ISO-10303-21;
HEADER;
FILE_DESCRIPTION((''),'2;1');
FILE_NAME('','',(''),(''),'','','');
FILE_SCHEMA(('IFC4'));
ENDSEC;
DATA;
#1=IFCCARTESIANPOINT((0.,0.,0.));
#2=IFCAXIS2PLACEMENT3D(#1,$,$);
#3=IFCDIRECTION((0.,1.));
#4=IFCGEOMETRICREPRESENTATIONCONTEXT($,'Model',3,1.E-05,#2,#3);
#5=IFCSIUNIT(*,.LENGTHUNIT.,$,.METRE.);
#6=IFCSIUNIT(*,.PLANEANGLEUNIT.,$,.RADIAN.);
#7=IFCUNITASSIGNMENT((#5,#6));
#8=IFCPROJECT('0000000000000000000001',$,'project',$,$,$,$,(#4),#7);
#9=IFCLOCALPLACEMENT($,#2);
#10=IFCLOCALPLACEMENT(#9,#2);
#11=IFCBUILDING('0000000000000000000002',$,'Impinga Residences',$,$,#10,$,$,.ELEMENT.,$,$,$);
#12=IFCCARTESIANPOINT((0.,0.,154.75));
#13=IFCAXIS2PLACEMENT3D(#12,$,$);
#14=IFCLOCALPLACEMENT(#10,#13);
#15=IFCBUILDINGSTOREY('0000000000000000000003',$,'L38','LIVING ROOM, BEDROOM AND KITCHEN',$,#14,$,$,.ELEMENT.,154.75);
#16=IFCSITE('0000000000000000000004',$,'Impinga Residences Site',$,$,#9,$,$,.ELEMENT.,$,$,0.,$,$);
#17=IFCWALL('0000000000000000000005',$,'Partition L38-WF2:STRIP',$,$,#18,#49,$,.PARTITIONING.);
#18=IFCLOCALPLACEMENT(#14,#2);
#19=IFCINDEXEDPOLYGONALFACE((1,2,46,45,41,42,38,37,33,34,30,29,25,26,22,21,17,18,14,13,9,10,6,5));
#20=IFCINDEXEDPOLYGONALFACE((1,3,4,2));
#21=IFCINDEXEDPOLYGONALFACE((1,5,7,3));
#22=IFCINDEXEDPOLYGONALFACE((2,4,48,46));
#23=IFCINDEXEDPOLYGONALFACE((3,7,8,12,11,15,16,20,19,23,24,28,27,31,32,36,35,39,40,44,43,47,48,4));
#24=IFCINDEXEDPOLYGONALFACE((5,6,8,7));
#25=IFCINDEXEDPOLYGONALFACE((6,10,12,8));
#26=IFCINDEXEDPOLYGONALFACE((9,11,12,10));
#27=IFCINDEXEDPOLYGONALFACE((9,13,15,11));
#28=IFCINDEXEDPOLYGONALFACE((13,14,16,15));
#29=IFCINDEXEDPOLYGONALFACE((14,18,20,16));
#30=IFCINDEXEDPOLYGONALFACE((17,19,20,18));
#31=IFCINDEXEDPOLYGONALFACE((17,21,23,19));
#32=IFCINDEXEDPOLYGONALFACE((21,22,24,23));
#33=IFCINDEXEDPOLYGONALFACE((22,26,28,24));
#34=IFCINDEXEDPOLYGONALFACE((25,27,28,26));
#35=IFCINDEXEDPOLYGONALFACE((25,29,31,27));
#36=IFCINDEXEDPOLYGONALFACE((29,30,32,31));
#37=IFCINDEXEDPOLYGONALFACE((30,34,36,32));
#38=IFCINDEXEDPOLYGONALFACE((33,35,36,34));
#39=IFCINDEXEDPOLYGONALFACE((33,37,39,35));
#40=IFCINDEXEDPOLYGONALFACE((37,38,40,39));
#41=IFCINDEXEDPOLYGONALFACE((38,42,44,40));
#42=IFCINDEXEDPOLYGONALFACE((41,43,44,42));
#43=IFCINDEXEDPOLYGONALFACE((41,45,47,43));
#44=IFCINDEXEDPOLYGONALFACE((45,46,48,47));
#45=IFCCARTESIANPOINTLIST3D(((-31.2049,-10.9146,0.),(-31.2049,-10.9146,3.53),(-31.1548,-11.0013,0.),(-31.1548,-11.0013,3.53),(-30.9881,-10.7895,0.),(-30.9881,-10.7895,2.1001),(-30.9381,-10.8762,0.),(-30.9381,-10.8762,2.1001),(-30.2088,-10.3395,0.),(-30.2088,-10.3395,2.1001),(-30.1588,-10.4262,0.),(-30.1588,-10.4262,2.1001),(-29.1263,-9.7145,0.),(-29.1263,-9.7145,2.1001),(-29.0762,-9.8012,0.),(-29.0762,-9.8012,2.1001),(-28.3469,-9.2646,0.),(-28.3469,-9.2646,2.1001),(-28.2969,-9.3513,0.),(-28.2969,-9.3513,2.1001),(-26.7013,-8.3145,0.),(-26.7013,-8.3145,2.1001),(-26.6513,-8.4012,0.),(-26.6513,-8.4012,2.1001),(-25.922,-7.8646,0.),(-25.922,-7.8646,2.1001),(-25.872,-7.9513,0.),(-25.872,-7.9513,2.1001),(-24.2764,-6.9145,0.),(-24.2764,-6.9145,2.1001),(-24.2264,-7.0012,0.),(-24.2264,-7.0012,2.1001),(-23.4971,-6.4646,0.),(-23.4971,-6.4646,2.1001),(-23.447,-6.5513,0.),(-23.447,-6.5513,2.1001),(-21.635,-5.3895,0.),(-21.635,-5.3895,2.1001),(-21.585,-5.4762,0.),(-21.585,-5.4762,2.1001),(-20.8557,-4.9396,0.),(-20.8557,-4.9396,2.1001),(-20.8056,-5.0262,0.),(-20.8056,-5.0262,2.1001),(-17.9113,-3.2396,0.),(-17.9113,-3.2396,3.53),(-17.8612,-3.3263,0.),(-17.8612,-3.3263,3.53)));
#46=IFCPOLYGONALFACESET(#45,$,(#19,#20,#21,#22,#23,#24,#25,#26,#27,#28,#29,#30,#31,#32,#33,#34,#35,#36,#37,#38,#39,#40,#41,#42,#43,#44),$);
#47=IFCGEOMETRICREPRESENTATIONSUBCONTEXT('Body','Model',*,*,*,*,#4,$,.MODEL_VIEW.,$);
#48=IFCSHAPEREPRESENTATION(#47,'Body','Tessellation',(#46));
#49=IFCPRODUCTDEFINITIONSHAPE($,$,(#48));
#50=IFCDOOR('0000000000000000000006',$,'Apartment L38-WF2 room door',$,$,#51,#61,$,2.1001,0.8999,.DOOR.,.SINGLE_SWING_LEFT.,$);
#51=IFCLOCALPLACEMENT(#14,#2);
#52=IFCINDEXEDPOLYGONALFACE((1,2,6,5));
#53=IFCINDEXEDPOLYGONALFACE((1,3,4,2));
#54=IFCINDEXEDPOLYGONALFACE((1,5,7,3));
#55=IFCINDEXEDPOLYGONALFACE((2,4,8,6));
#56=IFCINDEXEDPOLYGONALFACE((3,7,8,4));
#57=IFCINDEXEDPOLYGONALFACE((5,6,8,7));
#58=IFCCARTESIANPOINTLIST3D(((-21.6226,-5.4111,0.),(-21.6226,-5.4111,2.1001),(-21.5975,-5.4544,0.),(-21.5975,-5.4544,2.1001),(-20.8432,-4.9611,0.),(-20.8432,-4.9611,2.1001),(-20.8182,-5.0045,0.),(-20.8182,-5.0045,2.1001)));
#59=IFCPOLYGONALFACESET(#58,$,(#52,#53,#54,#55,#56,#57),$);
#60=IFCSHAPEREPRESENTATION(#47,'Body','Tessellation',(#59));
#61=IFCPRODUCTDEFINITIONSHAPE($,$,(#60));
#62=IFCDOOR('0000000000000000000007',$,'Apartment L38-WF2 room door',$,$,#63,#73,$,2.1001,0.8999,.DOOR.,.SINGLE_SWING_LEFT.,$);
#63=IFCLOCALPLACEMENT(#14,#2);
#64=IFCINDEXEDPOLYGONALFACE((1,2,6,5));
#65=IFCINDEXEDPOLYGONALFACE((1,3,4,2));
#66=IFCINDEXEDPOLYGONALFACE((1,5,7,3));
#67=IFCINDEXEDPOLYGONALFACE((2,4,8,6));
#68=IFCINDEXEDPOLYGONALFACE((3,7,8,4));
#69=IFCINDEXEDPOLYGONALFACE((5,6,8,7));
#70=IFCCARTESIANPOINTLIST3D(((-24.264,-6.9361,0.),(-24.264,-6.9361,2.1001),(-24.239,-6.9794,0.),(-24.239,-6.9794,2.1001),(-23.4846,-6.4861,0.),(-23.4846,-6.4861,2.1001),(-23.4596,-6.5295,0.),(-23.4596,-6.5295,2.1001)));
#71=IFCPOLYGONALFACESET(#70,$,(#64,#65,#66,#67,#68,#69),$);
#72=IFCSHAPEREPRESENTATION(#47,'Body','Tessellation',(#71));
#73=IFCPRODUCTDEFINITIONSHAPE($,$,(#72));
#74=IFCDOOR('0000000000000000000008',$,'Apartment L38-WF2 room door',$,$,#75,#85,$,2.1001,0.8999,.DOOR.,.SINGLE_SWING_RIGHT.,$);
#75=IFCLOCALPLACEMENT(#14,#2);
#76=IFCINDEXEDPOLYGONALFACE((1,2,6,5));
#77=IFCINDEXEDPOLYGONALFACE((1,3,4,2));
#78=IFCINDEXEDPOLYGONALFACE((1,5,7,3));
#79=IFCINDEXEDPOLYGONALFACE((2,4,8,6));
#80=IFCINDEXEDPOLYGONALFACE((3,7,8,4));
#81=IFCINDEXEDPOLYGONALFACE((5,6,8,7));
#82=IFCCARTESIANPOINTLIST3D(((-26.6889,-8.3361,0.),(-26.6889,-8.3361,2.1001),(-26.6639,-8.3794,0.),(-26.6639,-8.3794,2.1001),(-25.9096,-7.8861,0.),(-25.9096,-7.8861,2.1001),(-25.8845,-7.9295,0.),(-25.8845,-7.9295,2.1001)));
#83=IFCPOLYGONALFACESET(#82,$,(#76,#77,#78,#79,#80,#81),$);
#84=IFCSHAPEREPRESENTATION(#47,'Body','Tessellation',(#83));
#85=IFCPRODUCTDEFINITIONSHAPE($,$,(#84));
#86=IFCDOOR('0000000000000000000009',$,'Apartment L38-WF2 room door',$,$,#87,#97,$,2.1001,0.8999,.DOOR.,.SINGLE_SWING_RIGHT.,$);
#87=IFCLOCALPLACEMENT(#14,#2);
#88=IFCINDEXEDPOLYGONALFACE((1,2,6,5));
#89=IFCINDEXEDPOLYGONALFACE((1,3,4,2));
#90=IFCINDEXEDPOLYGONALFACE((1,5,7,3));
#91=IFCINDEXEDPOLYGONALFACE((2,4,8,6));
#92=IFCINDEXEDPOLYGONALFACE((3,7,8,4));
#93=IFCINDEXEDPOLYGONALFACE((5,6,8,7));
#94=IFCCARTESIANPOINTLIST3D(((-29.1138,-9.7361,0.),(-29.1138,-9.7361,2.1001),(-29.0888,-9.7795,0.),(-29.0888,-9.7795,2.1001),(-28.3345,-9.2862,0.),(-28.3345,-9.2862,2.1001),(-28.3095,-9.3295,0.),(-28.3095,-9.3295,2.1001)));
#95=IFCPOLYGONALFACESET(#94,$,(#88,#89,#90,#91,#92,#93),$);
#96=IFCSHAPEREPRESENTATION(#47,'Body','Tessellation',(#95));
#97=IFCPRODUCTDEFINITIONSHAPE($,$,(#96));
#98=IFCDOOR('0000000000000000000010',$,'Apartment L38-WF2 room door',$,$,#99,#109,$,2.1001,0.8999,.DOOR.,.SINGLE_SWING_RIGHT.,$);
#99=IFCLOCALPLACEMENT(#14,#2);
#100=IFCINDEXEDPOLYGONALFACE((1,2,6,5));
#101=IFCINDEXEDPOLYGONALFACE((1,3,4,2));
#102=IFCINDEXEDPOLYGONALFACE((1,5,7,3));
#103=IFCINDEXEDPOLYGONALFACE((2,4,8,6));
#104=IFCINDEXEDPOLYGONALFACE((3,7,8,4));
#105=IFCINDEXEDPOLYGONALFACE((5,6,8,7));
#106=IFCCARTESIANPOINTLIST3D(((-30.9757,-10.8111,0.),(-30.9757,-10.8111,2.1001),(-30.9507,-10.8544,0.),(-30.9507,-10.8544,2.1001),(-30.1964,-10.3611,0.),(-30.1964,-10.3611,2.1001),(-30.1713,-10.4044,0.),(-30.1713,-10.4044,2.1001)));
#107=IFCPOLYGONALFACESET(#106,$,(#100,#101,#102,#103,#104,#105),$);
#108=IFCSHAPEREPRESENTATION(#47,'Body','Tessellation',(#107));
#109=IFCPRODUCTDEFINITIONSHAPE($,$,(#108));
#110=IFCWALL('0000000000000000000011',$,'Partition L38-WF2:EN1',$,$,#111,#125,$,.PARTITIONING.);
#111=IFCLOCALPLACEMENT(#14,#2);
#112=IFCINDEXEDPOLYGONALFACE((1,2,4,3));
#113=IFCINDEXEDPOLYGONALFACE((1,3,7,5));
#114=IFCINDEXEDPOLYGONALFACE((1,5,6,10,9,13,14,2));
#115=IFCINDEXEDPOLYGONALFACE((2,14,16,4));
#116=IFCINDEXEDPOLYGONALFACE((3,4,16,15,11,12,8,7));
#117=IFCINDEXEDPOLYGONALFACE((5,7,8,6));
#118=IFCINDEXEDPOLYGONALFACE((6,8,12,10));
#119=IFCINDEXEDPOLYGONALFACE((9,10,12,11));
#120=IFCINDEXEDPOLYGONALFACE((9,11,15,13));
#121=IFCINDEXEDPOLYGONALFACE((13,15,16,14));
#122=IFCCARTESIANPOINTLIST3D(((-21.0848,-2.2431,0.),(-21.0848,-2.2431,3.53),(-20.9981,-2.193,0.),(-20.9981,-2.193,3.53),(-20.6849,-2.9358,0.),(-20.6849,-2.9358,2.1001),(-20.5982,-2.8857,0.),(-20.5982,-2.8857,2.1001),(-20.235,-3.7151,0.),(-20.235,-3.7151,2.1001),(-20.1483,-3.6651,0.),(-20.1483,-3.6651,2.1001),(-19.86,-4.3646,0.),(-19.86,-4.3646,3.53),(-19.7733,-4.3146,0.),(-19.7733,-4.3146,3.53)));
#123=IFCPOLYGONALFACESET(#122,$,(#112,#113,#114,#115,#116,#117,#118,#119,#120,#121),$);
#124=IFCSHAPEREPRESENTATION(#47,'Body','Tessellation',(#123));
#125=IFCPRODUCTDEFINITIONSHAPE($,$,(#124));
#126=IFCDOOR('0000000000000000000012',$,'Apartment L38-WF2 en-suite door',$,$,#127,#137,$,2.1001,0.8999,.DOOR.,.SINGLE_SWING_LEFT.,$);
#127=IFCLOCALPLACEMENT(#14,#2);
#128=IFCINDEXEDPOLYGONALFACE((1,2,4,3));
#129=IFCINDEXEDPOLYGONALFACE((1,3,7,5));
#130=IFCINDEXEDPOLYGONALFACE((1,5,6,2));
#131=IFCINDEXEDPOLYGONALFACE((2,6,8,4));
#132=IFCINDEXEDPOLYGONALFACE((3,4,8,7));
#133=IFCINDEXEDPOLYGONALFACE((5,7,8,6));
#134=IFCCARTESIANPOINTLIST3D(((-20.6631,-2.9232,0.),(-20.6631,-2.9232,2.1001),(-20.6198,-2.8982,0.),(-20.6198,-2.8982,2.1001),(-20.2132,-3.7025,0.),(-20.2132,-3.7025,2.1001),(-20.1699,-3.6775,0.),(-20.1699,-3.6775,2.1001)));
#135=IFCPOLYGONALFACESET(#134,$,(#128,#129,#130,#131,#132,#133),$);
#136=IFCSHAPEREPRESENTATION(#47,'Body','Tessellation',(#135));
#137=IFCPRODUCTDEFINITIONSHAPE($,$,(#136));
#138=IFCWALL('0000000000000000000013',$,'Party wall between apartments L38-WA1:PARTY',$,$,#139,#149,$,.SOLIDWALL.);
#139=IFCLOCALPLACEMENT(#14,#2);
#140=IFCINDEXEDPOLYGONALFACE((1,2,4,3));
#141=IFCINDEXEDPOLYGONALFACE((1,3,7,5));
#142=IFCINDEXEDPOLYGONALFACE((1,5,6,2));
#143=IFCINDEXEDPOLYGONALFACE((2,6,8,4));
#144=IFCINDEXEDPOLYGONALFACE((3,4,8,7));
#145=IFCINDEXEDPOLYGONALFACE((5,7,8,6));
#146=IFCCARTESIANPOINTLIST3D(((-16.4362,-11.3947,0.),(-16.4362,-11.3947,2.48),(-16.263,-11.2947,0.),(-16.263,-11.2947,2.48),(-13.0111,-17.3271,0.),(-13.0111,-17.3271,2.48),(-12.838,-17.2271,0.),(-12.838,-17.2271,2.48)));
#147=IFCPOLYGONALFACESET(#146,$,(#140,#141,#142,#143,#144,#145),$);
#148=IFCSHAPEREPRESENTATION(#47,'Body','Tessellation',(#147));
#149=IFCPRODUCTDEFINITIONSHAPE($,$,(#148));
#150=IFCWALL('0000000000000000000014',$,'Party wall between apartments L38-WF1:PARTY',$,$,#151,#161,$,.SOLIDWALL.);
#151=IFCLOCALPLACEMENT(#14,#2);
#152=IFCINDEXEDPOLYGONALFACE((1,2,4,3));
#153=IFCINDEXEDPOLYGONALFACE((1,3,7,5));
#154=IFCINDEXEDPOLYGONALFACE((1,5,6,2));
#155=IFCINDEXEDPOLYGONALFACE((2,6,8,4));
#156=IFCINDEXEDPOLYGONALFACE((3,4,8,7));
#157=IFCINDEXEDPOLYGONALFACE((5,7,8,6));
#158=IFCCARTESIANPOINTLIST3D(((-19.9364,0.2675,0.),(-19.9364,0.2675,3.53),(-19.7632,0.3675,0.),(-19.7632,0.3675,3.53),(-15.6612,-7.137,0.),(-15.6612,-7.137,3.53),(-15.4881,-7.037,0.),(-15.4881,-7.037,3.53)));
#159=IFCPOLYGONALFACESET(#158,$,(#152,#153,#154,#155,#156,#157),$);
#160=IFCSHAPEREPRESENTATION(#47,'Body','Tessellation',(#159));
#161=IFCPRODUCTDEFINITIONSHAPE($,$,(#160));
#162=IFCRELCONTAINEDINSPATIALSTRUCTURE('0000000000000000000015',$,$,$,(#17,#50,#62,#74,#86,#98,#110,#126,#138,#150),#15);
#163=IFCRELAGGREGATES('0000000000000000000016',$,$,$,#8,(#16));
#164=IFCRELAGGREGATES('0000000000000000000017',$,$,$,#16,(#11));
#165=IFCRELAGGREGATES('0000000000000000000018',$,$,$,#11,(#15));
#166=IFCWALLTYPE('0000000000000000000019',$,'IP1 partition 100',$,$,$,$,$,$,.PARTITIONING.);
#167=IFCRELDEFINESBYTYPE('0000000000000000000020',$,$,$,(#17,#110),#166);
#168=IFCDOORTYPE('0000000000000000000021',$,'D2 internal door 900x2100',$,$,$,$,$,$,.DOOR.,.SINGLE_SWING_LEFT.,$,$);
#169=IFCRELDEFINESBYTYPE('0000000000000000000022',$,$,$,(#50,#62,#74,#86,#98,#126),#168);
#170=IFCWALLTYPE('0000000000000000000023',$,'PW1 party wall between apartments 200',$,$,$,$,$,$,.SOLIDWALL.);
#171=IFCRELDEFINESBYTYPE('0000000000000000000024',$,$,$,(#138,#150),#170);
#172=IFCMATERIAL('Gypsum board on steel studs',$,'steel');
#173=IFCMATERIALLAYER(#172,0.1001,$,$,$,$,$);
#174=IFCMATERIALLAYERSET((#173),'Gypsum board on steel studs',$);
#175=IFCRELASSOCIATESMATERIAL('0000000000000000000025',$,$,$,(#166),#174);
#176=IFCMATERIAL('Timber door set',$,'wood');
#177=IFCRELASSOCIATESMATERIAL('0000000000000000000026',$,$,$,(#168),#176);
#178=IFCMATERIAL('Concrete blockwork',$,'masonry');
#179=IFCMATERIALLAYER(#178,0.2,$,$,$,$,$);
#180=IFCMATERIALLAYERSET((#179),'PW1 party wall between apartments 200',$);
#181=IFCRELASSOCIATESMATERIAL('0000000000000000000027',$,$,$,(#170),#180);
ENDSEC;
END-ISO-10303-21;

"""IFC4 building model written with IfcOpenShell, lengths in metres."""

from ifc_helpers import new_model, si_unit, direction, frame, frame_2d, origin, place, context, subcontext, project, spatial, rectangle, extrude, material, layer, layer_set, type_object, element, fill, save


model = new_model("IFC4")

# Units and contexts
model_context = context("Model", 3, precision=1e-05, world=origin(), true_north=direction((0.0, 1.0)))
body_context = subcontext(model_context, "Body", "Model", "MODEL_VIEW")
ifc_project = project(units=[si_unit("LENGTHUNIT", "METRE"), si_unit("PLANEANGLEUNIT", "RADIAN")], contexts=[model_context])

# Site, building, storey
site_placement = place(None, origin())
site = spatial("IfcSite", under=ifc_project, at=site_placement, Name="Impinga Residences Site", CompositionType="ELEMENT", RefElevation=0.0)
building_placement = place(site_placement, origin())
building = spatial("IfcBuilding", under=site, at=building_placement, Name="Impinga Residences", CompositionType="ELEMENT")
storey_placement = place(building_placement, frame((0.0, 0.0, 154.75)))
storey = spatial("IfcBuildingStorey", under=building, at=storey_placement, Name="L38", Description="LIVING ROOM, BEDROOM AND KITCHEN", CompositionType="ELEMENT", Elevation=154.75)

# Shared definitions
ifc_material_1 = material(Name="Gypsum board on steel studs", Category="steel")
ifc_layer_1 = layer(ifc_material_1, 0.1001)
ifc_layer_set_1 = layer_set([ifc_layer_1], Name="Gypsum board on steel studs")
wall_type_1 = type_object("IfcWallType", Name="IP1 partition 100", PredefinedType="PARTITIONING", material=ifc_layer_set_1)

# Shared definitions
ifc_material_2 = material(Name="Timber door set", Category="wood")
door_type = type_object("IfcDoorType", Name="D2 internal door 900x2100", OperationType="SINGLE_SWING_LEFT", PredefinedType="DOOR", material=ifc_material_2)

# Wall, openings, doors
wall_1_placement = place(storey_placement, frame((-17.8862, -3.283, 0.0), z_axis=(0.0, 0.0, 1.0), x_axis=(-0.866027, -0.499996, 0.0)))
wall_1 = element("IfcWall", 1, at=wall_1_placement, inside=storey, type_object=wall_type_1, Name="Partition L38-WF2:STRIP", PredefinedType="PARTITIONING", context=body_context, shape_type="SweptSolid", body=[
    extrude(rectangle(XDim=15.3501, YDim=0.1001, at=frame_2d((7.675, 0.0))), origin(), (0.0, 0.0, 1.0), 3.53),
])
opening_1_placement = place(wall_1_placement, frame((3.3999, 0.0, 0.0)))
opening_1 = element("IfcOpeningElement", 2, at=opening_1_placement, cuts=wall_1, PredefinedType="OPENING", context=body_context, shape_type="SweptSolid", body=[
    extrude(rectangle(XDim=0.8999, YDim=2.1001, at=frame_2d((0.45, 1.05))), frame((0.0, 0.0601, 0.0), z_axis=(0.0, -1.0, 0.0), x_axis=(1.0, 0.0, 0.0)), (0.0, 0.0, 1.0), 0.1201),
])
opening_2_placement = place(wall_1_placement, frame((6.45, 0.0, 0.0)))
opening_2 = element("IfcOpeningElement", 3, at=opening_2_placement, cuts=wall_1, PredefinedType="OPENING", context=body_context, shape_type="SweptSolid", body=[
    extrude(rectangle(XDim=0.8999, YDim=2.1001, at=frame_2d((0.45, 1.05))), frame((0.0, 0.0601, 0.0), z_axis=(0.0, -1.0, 0.0), x_axis=(1.0, 0.0, 0.0)), (0.0, 0.0, 1.0), 0.1201),
])
opening_3_placement = place(wall_1_placement, frame((9.25, 0.0, 0.0)))
opening_3 = element("IfcOpeningElement", 4, at=opening_3_placement, cuts=wall_1, PredefinedType="OPENING", context=body_context, shape_type="SweptSolid", body=[
    extrude(rectangle(XDim=0.8999, YDim=2.1001, at=frame_2d((0.45, 1.05))), frame((0.0, 0.0601, 0.0), z_axis=(0.0, -1.0, 0.0), x_axis=(1.0, 0.0, 0.0)), (0.0, 0.0, 1.0), 0.1201),
])
opening_4_placement = place(wall_1_placement, frame((12.05, 0.0, 0.0)))
opening_4 = element("IfcOpeningElement", 5, at=opening_4_placement, cuts=wall_1, PredefinedType="OPENING", context=body_context, shape_type="SweptSolid", body=[
    extrude(rectangle(XDim=0.8999, YDim=2.1001, at=frame_2d((0.45, 1.05))), frame((0.0, 0.0601, 0.0), z_axis=(0.0, -1.0, 0.0), x_axis=(1.0, 0.0, 0.0)), (0.0, 0.0, 1.0), 0.1201),
])
opening_5_placement = place(wall_1_placement, frame((14.2, 0.0, 0.0)))
opening_5 = element("IfcOpeningElement", 6, at=opening_5_placement, cuts=wall_1, PredefinedType="OPENING", context=body_context, shape_type="SweptSolid", body=[
    extrude(rectangle(XDim=0.8999, YDim=2.1001, at=frame_2d((0.45, 1.05))), frame((0.0, 0.0601, 0.0), z_axis=(0.0, -1.0, 0.0), x_axis=(1.0, 0.0, 0.0)), (0.0, 0.0, 1.0), 0.1201),
])
door_1_placement = place(opening_1_placement, origin())
door_1 = element("IfcDoor", 7, at=door_1_placement, inside=storey, type_object=door_type, Name="Apartment L38-WF2 room door", OperationType="SINGLE_SWING_LEFT", OverallHeight=2.1001, OverallWidth=0.8999, PredefinedType="DOOR", context=body_context, shape_type="SweptSolid", body=[
    extrude(rectangle(XDim=0.8999, YDim=2.1001, at=frame_2d((0.45, 1.05))), frame((0.0, 0.0249, 0.0), z_axis=(0.0, -1.0, 0.0), x_axis=(1.0, 0.0, 0.0)), (0.0, 0.0, 1.0), 0.05),
])
fill(opening_1, door_1)
door_2_placement = place(opening_2_placement, origin())
door_2 = element("IfcDoor", 8, at=door_2_placement, inside=storey, type_object=door_type, Name="Apartment L38-WF2 room door", OperationType="SINGLE_SWING_LEFT", OverallHeight=2.1001, OverallWidth=0.8999, PredefinedType="DOOR", context=body_context, shape_type="SweptSolid", body=[
    extrude(rectangle(XDim=0.8999, YDim=2.1001, at=frame_2d((0.45, 1.05))), frame((0.0, 0.0249, 0.0), z_axis=(0.0, -1.0, 0.0), x_axis=(1.0, 0.0, 0.0)), (0.0, 0.0, 1.0), 0.05),
])
fill(opening_2, door_2)
door_3_placement = place(opening_3_placement, origin())
door_3 = element("IfcDoor", 9, at=door_3_placement, inside=storey, type_object=door_type, Name="Apartment L38-WF2 room door", OperationType="SINGLE_SWING_RIGHT", OverallHeight=2.1001, OverallWidth=0.8999, PredefinedType="DOOR", context=body_context, shape_type="SweptSolid", body=[
    extrude(rectangle(XDim=0.8999, YDim=2.1001, at=frame_2d((0.45, 1.05))), frame((0.0, 0.0249, 0.0), z_axis=(0.0, -1.0, 0.0), x_axis=(1.0, 0.0, 0.0)), (0.0, 0.0, 1.0), 0.05),
])
fill(opening_3, door_3)
door_4_placement = place(opening_4_placement, origin())
door_4 = element("IfcDoor", 10, at=door_4_placement, inside=storey, type_object=door_type, Name="Apartment L38-WF2 room door", OperationType="SINGLE_SWING_RIGHT", OverallHeight=2.1001, OverallWidth=0.8999, PredefinedType="DOOR", context=body_context, shape_type="SweptSolid", body=[
    extrude(rectangle(XDim=0.8999, YDim=2.1001, at=frame_2d((0.45, 1.05))), frame((0.0, 0.0249, 0.0), z_axis=(0.0, -1.0, 0.0), x_axis=(1.0, 0.0, 0.0)), (0.0, 0.0, 1.0), 0.05),
])
fill(opening_4, door_4)
door_5_placement = place(opening_5_placement, origin())
door_5 = element("IfcDoor", 11, at=door_5_placement, inside=storey, type_object=door_type, Name="Apartment L38-WF2 room door", OperationType="SINGLE_SWING_RIGHT", OverallHeight=2.1001, OverallWidth=0.8999, PredefinedType="DOOR", context=body_context, shape_type="SweptSolid", body=[
    extrude(rectangle(XDim=0.8999, YDim=2.1001, at=frame_2d((0.45, 1.05))), frame((0.0, 0.0249, 0.0), z_axis=(0.0, -1.0, 0.0), x_axis=(1.0, 0.0, 0.0)), (0.0, 0.0, 1.0), 0.05),
])
fill(opening_5, door_5)

# Wall, opening, door
wall_2_placement = place(storey_placement, frame((-19.8167, -4.3396, 0.0), z_axis=(0.0, 0.0, 1.0), x_axis=(-0.499987, 0.866033, 0.0)))
wall_2 = element("IfcWall", 12, at=wall_2_placement, inside=storey, type_object=wall_type_1, Name="Partition L38-WF2:EN1", PredefinedType="PARTITIONING", context=body_context, shape_type="SweptSolid", body=[
    extrude(rectangle(XDim=2.4497, YDim=0.1001, at=frame_2d((1.2249, 0.0))), origin(), (0.0, 0.0, 1.0), 3.53),
])
opening_6_placement = place(wall_2_placement, frame((0.75, 0.0, 0.0)))
opening_6 = element("IfcOpeningElement", 13, at=opening_6_placement, cuts=wall_2, PredefinedType="OPENING", context=body_context, shape_type="SweptSolid", body=[
    extrude(rectangle(XDim=0.8999, YDim=2.1001, at=frame_2d((0.45, 1.05))), frame((0.0, 0.0601, 0.0), z_axis=(0.0, -1.0, 0.0), x_axis=(1.0, 0.0, 0.0)), (0.0, 0.0, 1.0), 0.1201),
])
door_6_placement = place(opening_6_placement, origin())
door_6 = element("IfcDoor", 14, at=door_6_placement, inside=storey, type_object=door_type, Name="Apartment L38-WF2 en-suite door", OperationType="SINGLE_SWING_LEFT", OverallHeight=2.1001, OverallWidth=0.8999, PredefinedType="DOOR", context=body_context, shape_type="SweptSolid", body=[
    extrude(rectangle(XDim=0.8999, YDim=2.1001, at=frame_2d((0.45, 1.05))), frame((0.0, 0.0249, 0.0), z_axis=(0.0, -1.0, 0.0), x_axis=(1.0, 0.0, 0.0)), (0.0, 0.0, 1.0), 0.05),
])
fill(opening_6, door_6)

# Walls
ifc_material_3 = material(Name="Concrete blockwork", Category="masonry")
ifc_layer_2 = layer(ifc_material_3, 0.2)
ifc_layer_set_2 = layer_set([ifc_layer_2], Name="PW1 party wall between apartments 200")
wall_type_2 = type_object("IfcWallType", Name="PW1 party wall between apartments 200", PredefinedType="SOLIDWALL", material=ifc_layer_set_2)
wall_3_placement = place(storey_placement, frame((-16.3496, -11.3447, 0.0), z_axis=(0.0, 0.0, 1.0), x_axis=(0.499999, -0.866026, 0.0)))
element("IfcWall", 15, at=wall_3_placement, inside=storey, type_object=wall_type_2, Name="Party wall between apartments L38-WA1:PARTY", PredefinedType="SOLIDWALL", context=body_context, shape_type="SweptSolid", body=[
    extrude(rectangle(XDim=6.8501, YDim=0.2, at=frame_2d((3.425, 0.0))), origin(), (0.0, 0.0, 1.0), 2.48),
])
wall_4_placement = place(storey_placement, frame((-15.5747, -7.0869, 0.0), z_axis=(0.0, 0.0, 1.0), x_axis=(-0.500012, 0.866019, 0.0)))
element("IfcWall", 16, at=wall_4_placement, inside=storey, type_object=wall_type_2, Name="Party wall between apartments L38-WF1:PARTY", PredefinedType="SOLIDWALL", context=body_context, shape_type="SweptSolid", body=[
    extrude(rectangle(XDim=8.55, YDim=0.2, at=frame_2d((4.2749, 0.0))), origin(), (0.0, 0.0, 1.0), 3.53),
])

save(model, "model.ifc")
